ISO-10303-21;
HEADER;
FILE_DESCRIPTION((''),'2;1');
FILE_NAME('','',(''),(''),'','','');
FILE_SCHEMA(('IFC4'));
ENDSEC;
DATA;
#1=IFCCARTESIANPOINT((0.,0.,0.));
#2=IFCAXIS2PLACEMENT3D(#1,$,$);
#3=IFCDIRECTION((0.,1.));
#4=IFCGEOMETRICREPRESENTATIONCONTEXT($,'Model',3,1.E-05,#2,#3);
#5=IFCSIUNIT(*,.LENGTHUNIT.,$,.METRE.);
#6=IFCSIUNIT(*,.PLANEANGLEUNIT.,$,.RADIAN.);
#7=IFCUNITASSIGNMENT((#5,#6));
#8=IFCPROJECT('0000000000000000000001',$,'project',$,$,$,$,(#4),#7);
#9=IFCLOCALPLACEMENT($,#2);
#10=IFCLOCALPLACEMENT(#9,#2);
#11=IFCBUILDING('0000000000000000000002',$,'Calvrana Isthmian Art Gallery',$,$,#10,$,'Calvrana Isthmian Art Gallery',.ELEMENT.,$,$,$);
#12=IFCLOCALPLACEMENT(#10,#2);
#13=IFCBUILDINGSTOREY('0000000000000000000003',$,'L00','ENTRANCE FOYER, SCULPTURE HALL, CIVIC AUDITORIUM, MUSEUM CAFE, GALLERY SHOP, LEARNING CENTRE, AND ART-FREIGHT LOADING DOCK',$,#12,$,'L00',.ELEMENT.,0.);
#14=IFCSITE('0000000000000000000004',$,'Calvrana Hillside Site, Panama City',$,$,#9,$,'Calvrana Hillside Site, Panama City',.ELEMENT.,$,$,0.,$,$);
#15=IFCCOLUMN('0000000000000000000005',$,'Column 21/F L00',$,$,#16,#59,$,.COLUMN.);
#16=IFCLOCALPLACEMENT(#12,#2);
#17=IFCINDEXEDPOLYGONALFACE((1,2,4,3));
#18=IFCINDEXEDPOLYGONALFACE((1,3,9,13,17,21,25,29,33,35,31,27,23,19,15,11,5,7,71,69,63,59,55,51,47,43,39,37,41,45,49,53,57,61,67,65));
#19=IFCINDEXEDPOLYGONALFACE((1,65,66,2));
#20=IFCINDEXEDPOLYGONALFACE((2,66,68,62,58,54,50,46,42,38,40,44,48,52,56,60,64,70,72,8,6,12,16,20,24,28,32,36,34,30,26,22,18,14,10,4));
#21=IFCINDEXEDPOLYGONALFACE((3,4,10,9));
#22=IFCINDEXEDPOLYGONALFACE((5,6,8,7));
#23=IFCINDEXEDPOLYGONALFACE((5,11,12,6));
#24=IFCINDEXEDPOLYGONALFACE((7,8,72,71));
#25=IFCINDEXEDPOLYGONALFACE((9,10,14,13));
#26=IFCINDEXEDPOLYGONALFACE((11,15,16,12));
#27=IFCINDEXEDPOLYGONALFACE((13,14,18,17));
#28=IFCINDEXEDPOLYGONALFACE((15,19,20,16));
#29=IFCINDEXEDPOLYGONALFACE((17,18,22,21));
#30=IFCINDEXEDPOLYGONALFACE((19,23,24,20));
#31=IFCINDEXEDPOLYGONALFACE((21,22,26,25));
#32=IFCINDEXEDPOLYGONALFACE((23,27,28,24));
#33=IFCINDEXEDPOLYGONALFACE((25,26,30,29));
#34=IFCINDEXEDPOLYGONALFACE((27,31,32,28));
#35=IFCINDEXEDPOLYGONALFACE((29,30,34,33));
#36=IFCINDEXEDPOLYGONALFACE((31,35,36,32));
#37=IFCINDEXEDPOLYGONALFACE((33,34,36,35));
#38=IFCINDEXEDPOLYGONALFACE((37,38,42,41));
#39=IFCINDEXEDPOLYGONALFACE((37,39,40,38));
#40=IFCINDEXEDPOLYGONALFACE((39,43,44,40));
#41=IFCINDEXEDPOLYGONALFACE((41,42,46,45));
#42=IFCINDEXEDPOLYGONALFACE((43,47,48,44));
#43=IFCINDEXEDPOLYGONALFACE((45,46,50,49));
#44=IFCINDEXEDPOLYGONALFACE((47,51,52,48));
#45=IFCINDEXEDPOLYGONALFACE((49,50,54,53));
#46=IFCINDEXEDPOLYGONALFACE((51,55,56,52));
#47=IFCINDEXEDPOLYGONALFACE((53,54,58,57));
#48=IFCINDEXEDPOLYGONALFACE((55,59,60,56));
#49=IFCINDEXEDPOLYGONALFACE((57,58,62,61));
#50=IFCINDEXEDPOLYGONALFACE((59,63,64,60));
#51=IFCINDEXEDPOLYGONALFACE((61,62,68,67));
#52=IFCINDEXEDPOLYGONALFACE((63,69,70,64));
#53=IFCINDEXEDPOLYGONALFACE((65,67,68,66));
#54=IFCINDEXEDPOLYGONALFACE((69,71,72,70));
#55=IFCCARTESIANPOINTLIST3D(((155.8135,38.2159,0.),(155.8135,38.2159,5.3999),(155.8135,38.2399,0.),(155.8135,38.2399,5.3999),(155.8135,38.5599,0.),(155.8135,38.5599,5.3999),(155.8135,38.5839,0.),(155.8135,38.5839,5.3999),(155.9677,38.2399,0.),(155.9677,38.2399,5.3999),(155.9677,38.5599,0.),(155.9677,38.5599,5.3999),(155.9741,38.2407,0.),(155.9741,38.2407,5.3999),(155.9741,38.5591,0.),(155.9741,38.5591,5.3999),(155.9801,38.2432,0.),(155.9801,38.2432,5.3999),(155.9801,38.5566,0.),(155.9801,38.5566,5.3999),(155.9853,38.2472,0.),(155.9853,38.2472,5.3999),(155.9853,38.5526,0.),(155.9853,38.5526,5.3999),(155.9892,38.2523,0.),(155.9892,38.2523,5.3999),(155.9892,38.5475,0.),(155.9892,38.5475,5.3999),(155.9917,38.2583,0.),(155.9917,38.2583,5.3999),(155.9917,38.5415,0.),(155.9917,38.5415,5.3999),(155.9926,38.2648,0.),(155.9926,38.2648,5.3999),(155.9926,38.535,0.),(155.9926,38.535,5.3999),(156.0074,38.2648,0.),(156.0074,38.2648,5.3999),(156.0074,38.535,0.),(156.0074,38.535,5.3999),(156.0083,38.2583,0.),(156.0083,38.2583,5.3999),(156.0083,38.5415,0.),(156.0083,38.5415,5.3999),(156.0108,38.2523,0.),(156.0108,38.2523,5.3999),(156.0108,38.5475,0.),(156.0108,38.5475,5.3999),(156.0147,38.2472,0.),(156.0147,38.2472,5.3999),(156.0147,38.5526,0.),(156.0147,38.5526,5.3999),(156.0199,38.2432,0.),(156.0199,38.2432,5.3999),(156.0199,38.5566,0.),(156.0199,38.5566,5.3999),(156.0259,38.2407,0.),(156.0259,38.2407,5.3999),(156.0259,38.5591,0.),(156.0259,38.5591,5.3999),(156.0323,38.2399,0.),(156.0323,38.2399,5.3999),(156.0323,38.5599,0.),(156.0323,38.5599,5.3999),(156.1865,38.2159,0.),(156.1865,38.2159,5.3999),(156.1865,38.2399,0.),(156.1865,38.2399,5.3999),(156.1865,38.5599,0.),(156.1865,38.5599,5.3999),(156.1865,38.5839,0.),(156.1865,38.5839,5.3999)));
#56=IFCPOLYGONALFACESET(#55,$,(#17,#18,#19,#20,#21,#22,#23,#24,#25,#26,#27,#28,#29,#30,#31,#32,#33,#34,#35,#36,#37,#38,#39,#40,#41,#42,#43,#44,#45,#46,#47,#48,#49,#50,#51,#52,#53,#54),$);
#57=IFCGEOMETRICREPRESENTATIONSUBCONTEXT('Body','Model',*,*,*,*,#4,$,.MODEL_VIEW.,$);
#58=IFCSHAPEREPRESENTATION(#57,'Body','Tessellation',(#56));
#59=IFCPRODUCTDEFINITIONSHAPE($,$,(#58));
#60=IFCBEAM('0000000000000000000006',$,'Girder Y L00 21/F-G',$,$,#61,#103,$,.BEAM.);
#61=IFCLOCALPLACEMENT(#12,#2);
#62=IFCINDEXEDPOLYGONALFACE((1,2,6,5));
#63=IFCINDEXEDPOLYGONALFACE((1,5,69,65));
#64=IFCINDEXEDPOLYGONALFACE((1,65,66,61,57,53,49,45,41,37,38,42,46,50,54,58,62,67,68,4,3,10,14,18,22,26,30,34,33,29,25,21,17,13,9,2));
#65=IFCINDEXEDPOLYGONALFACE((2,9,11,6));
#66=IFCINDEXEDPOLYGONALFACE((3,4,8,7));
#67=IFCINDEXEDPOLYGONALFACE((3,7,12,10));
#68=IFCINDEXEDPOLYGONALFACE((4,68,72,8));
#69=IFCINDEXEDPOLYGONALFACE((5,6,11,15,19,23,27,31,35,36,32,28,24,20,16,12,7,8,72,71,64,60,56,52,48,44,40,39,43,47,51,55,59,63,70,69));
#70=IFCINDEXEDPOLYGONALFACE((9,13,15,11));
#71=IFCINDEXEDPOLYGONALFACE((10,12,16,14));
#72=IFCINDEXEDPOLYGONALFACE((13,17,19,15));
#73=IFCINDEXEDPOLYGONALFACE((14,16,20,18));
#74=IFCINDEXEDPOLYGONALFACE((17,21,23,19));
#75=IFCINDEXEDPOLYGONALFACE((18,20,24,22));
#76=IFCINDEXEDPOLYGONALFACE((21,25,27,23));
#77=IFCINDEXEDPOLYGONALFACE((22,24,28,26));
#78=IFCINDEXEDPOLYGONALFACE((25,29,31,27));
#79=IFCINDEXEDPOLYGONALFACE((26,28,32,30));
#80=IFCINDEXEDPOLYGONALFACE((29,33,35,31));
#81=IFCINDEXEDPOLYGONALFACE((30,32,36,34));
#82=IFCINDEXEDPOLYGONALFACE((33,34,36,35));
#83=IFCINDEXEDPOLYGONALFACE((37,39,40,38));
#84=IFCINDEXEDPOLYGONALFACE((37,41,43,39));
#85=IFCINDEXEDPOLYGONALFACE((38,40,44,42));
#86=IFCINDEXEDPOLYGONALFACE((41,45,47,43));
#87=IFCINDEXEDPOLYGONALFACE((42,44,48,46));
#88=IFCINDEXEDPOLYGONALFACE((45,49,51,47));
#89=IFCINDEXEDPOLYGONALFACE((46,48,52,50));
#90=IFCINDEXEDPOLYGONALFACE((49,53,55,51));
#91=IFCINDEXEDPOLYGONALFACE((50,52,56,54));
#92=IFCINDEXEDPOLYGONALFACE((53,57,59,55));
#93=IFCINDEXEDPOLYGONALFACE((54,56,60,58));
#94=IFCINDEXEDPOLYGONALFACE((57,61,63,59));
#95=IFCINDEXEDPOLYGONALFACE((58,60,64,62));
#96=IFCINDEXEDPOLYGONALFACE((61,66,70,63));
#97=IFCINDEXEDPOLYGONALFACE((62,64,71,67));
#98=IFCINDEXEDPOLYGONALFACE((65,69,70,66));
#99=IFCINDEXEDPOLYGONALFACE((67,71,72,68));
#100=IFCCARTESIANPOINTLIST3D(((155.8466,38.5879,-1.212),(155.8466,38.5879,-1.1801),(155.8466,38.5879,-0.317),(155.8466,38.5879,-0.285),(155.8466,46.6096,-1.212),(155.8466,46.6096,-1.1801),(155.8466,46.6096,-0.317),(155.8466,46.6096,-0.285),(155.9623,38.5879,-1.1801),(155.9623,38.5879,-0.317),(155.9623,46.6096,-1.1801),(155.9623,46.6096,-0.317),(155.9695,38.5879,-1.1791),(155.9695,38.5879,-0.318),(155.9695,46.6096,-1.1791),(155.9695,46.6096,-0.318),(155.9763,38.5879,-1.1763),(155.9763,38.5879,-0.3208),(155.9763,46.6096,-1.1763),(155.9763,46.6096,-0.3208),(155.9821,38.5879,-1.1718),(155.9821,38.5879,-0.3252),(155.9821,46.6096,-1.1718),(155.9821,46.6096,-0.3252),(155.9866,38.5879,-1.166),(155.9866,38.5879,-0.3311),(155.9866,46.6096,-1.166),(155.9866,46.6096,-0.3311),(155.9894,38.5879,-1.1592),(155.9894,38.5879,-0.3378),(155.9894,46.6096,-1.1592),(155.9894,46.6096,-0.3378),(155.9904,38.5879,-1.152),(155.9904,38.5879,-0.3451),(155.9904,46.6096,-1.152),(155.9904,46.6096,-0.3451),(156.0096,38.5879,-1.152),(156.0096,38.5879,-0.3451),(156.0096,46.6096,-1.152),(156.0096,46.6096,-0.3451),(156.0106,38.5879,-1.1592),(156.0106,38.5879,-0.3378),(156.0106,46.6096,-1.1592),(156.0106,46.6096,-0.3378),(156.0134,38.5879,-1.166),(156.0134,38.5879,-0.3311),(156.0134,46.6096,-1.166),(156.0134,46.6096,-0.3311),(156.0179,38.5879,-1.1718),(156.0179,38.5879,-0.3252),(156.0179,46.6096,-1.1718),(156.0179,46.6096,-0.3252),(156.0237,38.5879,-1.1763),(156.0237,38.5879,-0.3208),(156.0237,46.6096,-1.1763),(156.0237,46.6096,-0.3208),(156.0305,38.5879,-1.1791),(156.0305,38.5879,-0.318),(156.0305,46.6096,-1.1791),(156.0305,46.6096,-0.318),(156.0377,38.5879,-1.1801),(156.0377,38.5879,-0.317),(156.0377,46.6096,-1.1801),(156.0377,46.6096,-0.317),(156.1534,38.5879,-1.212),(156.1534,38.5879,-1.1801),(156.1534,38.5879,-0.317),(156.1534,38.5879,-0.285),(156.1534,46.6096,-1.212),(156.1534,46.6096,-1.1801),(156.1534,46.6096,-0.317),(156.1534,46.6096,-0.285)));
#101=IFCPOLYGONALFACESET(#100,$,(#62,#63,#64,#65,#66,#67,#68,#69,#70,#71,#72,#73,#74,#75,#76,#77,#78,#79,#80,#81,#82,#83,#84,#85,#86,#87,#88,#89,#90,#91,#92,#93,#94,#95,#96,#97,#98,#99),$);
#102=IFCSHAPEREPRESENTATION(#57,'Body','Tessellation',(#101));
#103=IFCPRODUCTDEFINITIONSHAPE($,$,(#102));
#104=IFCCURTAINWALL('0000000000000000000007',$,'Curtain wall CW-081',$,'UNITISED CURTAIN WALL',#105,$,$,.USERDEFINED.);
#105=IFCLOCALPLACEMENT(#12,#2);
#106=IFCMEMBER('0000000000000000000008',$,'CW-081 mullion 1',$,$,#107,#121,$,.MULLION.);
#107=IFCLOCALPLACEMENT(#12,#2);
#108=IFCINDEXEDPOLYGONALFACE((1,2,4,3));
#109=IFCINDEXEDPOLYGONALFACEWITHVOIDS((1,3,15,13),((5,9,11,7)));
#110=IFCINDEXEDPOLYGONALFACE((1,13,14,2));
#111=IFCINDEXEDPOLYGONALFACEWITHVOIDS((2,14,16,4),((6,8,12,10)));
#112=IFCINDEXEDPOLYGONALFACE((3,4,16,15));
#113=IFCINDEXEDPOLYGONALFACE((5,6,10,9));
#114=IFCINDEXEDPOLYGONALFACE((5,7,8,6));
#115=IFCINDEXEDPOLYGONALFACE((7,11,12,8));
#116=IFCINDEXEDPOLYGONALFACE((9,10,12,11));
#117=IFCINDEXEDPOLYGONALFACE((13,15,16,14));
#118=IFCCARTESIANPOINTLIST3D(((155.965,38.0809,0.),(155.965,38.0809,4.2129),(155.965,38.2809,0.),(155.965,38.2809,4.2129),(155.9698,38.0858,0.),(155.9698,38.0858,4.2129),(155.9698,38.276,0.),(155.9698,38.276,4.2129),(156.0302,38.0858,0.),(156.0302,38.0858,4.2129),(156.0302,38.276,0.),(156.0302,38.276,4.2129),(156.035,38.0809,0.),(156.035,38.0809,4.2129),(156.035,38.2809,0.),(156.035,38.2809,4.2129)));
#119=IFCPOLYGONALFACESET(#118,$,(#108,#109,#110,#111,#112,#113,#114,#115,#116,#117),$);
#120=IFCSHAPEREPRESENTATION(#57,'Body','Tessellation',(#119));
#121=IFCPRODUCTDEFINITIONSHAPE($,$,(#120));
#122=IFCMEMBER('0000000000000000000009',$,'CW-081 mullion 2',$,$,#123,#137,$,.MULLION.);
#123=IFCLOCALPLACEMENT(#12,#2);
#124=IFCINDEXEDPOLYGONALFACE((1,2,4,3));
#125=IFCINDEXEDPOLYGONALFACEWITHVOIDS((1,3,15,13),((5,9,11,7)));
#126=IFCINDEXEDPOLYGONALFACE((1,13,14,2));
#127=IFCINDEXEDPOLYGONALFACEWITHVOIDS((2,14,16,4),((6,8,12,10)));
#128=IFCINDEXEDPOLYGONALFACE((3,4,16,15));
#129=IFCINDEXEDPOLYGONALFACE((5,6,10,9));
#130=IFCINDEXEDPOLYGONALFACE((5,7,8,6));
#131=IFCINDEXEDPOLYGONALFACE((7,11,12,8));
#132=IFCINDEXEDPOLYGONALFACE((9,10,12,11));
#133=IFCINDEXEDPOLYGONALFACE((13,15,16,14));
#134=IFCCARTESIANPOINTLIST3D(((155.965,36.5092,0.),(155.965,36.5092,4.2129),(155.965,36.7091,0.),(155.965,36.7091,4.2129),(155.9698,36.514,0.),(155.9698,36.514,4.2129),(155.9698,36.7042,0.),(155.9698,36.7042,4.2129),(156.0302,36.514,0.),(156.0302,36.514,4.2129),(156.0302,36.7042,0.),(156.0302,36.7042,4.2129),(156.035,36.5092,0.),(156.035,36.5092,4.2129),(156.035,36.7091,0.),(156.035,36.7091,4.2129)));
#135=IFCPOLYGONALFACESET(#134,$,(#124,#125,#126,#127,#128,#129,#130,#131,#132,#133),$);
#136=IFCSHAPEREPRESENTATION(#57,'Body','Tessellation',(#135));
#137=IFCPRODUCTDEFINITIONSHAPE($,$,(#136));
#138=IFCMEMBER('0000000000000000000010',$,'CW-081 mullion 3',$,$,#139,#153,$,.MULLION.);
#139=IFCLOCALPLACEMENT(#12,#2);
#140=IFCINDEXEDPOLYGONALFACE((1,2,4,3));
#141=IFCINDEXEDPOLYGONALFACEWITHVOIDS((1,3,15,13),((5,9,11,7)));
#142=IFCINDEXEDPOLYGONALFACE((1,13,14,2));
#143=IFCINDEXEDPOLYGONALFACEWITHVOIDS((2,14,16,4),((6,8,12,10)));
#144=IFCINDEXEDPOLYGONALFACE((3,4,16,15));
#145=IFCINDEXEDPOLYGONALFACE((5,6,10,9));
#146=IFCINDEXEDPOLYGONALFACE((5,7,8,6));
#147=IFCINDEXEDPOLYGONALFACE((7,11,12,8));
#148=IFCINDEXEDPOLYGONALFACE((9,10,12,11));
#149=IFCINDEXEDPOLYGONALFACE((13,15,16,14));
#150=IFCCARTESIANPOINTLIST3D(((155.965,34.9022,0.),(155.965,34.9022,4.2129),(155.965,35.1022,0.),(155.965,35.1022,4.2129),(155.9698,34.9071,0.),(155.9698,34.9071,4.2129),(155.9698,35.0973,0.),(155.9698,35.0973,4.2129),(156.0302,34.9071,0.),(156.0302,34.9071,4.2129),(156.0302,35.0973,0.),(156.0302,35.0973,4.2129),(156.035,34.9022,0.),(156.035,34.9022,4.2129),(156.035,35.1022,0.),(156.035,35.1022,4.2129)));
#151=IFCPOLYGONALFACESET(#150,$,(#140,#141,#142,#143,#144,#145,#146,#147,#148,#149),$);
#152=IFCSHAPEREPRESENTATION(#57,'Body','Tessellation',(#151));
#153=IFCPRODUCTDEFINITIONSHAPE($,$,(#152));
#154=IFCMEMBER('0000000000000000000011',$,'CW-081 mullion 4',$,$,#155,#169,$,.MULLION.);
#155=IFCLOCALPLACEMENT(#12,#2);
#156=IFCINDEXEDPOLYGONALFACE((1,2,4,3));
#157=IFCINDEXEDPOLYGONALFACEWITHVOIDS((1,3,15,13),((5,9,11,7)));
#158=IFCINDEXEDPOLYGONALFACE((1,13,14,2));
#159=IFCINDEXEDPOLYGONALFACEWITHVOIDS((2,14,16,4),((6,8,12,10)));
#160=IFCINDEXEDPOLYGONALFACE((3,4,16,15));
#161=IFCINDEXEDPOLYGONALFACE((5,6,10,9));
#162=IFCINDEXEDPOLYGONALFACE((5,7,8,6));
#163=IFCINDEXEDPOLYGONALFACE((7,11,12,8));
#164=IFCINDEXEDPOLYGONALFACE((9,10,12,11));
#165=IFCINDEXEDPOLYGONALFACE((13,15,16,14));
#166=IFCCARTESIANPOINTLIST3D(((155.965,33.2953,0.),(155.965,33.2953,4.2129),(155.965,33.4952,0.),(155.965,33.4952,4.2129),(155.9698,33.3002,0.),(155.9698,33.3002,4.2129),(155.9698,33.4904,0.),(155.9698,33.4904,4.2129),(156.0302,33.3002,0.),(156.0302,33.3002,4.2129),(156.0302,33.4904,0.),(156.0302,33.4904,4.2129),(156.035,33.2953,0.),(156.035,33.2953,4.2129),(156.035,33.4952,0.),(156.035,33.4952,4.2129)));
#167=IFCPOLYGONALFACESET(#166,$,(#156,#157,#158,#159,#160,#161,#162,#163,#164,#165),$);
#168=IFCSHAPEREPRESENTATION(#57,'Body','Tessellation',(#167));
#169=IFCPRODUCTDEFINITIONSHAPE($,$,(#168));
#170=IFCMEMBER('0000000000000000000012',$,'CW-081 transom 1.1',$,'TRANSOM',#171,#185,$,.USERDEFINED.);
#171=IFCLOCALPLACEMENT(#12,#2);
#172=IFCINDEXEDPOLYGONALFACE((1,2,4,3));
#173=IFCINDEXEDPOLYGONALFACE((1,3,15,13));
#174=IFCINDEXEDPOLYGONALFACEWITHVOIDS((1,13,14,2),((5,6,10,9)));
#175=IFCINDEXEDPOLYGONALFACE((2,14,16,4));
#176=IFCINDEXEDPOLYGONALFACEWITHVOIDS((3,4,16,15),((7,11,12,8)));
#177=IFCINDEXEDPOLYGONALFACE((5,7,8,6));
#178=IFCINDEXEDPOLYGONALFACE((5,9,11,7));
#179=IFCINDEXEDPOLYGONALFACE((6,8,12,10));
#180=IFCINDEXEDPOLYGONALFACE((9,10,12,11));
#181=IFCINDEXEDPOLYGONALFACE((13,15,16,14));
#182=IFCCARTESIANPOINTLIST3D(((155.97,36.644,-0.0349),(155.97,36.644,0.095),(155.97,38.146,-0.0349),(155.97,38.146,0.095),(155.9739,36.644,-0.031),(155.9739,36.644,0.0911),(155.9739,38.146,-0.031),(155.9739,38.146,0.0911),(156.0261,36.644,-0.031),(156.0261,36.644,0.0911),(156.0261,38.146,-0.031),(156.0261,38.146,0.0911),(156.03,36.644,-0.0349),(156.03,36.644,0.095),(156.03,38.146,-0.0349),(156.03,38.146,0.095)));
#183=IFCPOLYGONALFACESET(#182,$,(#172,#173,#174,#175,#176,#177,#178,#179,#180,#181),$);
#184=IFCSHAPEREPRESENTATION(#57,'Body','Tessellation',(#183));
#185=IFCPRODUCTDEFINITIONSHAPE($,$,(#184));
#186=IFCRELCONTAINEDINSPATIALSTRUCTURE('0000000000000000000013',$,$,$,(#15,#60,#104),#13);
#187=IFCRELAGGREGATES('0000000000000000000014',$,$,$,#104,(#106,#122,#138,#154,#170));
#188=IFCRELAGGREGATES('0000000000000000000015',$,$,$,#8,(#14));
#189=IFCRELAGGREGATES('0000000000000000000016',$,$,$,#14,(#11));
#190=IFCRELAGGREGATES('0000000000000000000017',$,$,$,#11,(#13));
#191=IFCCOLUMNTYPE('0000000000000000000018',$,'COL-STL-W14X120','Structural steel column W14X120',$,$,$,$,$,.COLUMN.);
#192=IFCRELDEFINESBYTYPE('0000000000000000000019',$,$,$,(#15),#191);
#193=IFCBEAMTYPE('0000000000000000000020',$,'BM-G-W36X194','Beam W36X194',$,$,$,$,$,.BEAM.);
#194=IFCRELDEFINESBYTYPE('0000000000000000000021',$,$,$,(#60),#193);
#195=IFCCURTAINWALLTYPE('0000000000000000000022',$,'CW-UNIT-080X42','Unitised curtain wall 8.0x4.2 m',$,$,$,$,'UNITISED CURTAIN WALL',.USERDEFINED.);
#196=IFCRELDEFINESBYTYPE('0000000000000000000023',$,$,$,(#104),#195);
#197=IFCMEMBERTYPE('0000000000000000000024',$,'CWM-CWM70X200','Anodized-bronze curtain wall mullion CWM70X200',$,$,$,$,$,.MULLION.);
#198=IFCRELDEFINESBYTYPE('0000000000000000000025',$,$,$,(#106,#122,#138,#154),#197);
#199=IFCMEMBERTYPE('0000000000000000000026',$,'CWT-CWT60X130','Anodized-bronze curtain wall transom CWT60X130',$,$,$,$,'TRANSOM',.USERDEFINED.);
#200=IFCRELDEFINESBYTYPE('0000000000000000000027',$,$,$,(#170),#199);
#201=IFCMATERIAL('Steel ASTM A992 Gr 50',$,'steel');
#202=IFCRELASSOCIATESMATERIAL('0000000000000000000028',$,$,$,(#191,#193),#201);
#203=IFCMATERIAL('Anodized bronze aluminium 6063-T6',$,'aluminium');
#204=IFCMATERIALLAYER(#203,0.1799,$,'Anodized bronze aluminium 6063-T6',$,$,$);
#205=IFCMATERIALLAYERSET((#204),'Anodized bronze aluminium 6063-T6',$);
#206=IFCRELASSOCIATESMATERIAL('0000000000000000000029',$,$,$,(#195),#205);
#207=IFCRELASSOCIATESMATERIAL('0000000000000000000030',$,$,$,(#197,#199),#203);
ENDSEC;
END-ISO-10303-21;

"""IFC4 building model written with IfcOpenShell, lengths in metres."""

from ifc_helpers import new_model, si_unit, direction, frame, origin, origin_2d, place, context, subcontext, project, spatial, hollow_rectangle, i_section, extrude, material, layer, layer_set, material_profile, profile_set, type_object, element, aggregate, save


model = new_model("IFC4")

# Units and contexts
model_context = context("Model", 3, precision=1e-05, world=origin(), true_north=direction((0.0, 1.0)))
body_context = subcontext(model_context, "Body", "Model", "MODEL_VIEW")
ifc_project = project(units=[si_unit("LENGTHUNIT", "METRE"), si_unit("PLANEANGLEUNIT", "RADIAN")], contexts=[model_context])

# Site, building, storey
site_placement = place(None, origin())
site = spatial("IfcSite", under=ifc_project, at=site_placement, Name="Calvrana Hillside Site, Panama City", LongName="Calvrana Hillside Site, Panama City", CompositionType="ELEMENT", RefElevation=0.0)
building_placement = place(site_placement, origin())
building = spatial("IfcBuilding", under=site, at=building_placement, Name="Calvrana Isthmian Art Gallery", LongName="Calvrana Isthmian Art Gallery", CompositionType="ELEMENT")
storey_placement = place(building_placement, origin())
storey = spatial("IfcBuildingStorey", under=building, at=storey_placement, Name="L00", Description="ENTRANCE FOYER, SCULPTURE HALL, CIVIC AUDITORIUM, MUSEUM CAFE, GALLERY SHOP, LEARNING CENTRE, AND ART-FREIGHT LOADING DOCK", LongName="L00", CompositionType="ELEMENT", Elevation=0.0)

# Column
ifc_material_1 = material(Name="Steel ASTM A992 Gr 50", Category="steel")
ifc_material_profile_1 = material_profile(ifc_material_1, i_section(OverallWidth=0.373, OverallDepth=0.3679, WebThickness=0.0149, FlangeThickness=0.0239, FilletRadius=0.0249, at=origin_2d()), Name="W14X120")
ifc_profile_set_1 = profile_set([ifc_material_profile_1], Name="Steel ASTM A992 Gr 50")
column_type = type_object("IfcColumnType", Name="COL-STL-W14X120", Description="Structural steel column W14X120", PredefinedType="COLUMN", material=ifc_profile_set_1)
column_placement = place(storey_placement, frame((156.0, 38.3999, 0.0), z_axis=(0.0, 0.0, 1.0), x_axis=(1.0, 0.0, 0.0)))
element("IfcColumn", 1, at=column_placement, inside=storey, type_object=column_type, Name="Column 21/F L00", PredefinedType="COLUMN", context=body_context, shape_type="SweptSolid", body=[
    extrude(i_section(OverallWidth=0.373, OverallDepth=0.3679, WebThickness=0.0149, FlangeThickness=0.0239, FilletRadius=0.0249, at=origin_2d()), origin(), (0.0, 0.0, 1.0), 5.3999),
])

# Beam
ifc_material_profile_2 = material_profile(ifc_material_1, i_section(OverallWidth=0.3069, OverallDepth=0.927, WebThickness=0.0193, FlangeThickness=0.032, FilletRadius=0.0281, at=origin_2d()), Name="W36X194")
ifc_profile_set_2 = profile_set([ifc_material_profile_2], Name="Steel ASTM A992 Gr 50")
beam_type = type_object("IfcBeamType", Name="BM-G-W36X194", Description="Beam W36X194", PredefinedType="BEAM", material=ifc_profile_set_2)
beam_placement = place(storey_placement, frame((156.0, 38.5879, -0.7485), z_axis=(0.0, 1.0, 0.0), x_axis=(-1.0, 0.0, 0.0)))
element("IfcBeam", 2, at=beam_placement, inside=storey, type_object=beam_type, Name="Girder Y L00 21/F-G", PredefinedType="BEAM", context=body_context, shape_type="SweptSolid", body=[
    extrude(i_section(OverallWidth=0.3069, OverallDepth=0.927, WebThickness=0.0193, FlangeThickness=0.032, FilletRadius=0.0281, at=origin_2d()), origin(), (0.0, 0.0, 1.0), 8.0217),
])

# Curtain wall, members
ifc_material_2 = material(Name="Anodized bronze aluminium 6063-T6", Category="aluminium")
ifc_layer_1 = layer(ifc_material_2, 0.1799, Name="Anodized bronze aluminium 6063-T6")
ifc_layer_set_1 = layer_set([ifc_layer_1], Name="Anodized bronze aluminium 6063-T6")
curtain_wall_type = type_object("IfcCurtainWallType", Name="CW-UNIT-080X42", Description="Unitised curtain wall 8.0x4.2 m", ElementType="UNITISED CURTAIN WALL", PredefinedType="USERDEFINED", material=ifc_layer_set_1)
curtain_wall_placement = place(storey_placement, origin())
curtain_wall = element("IfcCurtainWall", 3, at=curtain_wall_placement, inside=storey, type_object=curtain_wall_type, Name="Curtain wall CW-081", ObjectType="UNITISED CURTAIN WALL", PredefinedType="USERDEFINED")
ifc_material_profile_3 = material_profile(ifc_material_2, hollow_rectangle(XDim=0.0701, YDim=0.2, WallThickness=0.0049, at=origin_2d()), Name="CWM70X200")
ifc_profile_set_3 = profile_set([ifc_material_profile_3], Name="Anodized bronze aluminium 6063-T6")
member_type_1 = type_object("IfcMemberType", Name="CWM-CWM70X200", Description="Anodized-bronze curtain wall mullion CWM70X200", PredefinedType="MULLION", material=ifc_profile_set_3)
member_1_placement = place(storey_placement, frame((156.0, 38.1809, 0.0), z_axis=(0.0, 0.0, 1.0), x_axis=(1.0, 0.0, 0.0)))
member_1 = element("IfcMember", 4, at=member_1_placement, type_object=member_type_1, Name="CW-081 mullion 1", PredefinedType="MULLION", context=body_context, shape_type="SweptSolid", body=[
    extrude(hollow_rectangle(XDim=0.0701, YDim=0.2, WallThickness=0.0049, at=origin_2d()), origin(), (0.0, 0.0, 1.0), 4.2129),
])
member_2_placement = place(storey_placement, frame((156.0, 36.6091, 0.0), z_axis=(0.0, 0.0, 1.0), x_axis=(1.0, 0.0, 0.0)))
member_2 = element("IfcMember", 5, at=member_2_placement, type_object=member_type_1, Name="CW-081 mullion 2", PredefinedType="MULLION", context=body_context, shape_type="SweptSolid", body=[
    extrude(hollow_rectangle(XDim=0.0701, YDim=0.2, WallThickness=0.0049, at=origin_2d()), origin(), (0.0, 0.0, 1.0), 4.2129),
])
member_3_placement = place(storey_placement, frame((156.0, 35.0022, 0.0), z_axis=(0.0, 0.0, 1.0), x_axis=(1.0, 0.0, 0.0)))
member_3 = element("IfcMember", 6, at=member_3_placement, type_object=member_type_1, Name="CW-081 mullion 3", PredefinedType="MULLION", context=body_context, shape_type="SweptSolid", body=[
    extrude(hollow_rectangle(XDim=0.0701, YDim=0.2, WallThickness=0.0049, at=origin_2d()), origin(), (0.0, 0.0, 1.0), 4.2129),
])
member_4_placement = place(storey_placement, frame((156.0, 33.3953, 0.0), z_axis=(0.0, 0.0, 1.0), x_axis=(1.0, 0.0, 0.0)))
member_4 = element("IfcMember", 7, at=member_4_placement, type_object=member_type_1, Name="CW-081 mullion 4", PredefinedType="MULLION", context=body_context, shape_type="SweptSolid", body=[
    extrude(hollow_rectangle(XDim=0.0701, YDim=0.2, WallThickness=0.0049, at=origin_2d()), origin(), (0.0, 0.0, 1.0), 4.2129),
])
ifc_material_profile_4 = material_profile(ifc_material_2, hollow_rectangle(XDim=0.0601, YDim=0.1299, WallThickness=0.0039, at=origin_2d()), Name="CWT60X130")
ifc_profile_set_4 = profile_set([ifc_material_profile_4], Name="Anodized bronze aluminium 6063-T6")
member_type_2 = type_object("IfcMemberType", Name="CWT-CWT60X130", Description="Anodized-bronze curtain wall transom CWT60X130", ElementType="TRANSOM", PredefinedType="USERDEFINED", material=ifc_profile_set_4)
member_5_placement = place(storey_placement, frame((156.0, 38.146, 0.03), z_axis=(0.0, -1.0, 0.0), x_axis=(1.0, 0.0, 0.0)))
member_5 = element("IfcMember", 8, at=member_5_placement, type_object=member_type_2, Name="CW-081 transom 1.1", ObjectType="TRANSOM", PredefinedType="USERDEFINED", context=body_context, shape_type="SweptSolid", body=[
    extrude(hollow_rectangle(XDim=0.0601, YDim=0.1299, WallThickness=0.0039, at=origin_2d()), origin(), (0.0, 0.0, 1.0), 1.502),
])
aggregate(curtain_wall, [member_1, member_2, member_3, member_4, member_5])

save(model, "model.ifc")
